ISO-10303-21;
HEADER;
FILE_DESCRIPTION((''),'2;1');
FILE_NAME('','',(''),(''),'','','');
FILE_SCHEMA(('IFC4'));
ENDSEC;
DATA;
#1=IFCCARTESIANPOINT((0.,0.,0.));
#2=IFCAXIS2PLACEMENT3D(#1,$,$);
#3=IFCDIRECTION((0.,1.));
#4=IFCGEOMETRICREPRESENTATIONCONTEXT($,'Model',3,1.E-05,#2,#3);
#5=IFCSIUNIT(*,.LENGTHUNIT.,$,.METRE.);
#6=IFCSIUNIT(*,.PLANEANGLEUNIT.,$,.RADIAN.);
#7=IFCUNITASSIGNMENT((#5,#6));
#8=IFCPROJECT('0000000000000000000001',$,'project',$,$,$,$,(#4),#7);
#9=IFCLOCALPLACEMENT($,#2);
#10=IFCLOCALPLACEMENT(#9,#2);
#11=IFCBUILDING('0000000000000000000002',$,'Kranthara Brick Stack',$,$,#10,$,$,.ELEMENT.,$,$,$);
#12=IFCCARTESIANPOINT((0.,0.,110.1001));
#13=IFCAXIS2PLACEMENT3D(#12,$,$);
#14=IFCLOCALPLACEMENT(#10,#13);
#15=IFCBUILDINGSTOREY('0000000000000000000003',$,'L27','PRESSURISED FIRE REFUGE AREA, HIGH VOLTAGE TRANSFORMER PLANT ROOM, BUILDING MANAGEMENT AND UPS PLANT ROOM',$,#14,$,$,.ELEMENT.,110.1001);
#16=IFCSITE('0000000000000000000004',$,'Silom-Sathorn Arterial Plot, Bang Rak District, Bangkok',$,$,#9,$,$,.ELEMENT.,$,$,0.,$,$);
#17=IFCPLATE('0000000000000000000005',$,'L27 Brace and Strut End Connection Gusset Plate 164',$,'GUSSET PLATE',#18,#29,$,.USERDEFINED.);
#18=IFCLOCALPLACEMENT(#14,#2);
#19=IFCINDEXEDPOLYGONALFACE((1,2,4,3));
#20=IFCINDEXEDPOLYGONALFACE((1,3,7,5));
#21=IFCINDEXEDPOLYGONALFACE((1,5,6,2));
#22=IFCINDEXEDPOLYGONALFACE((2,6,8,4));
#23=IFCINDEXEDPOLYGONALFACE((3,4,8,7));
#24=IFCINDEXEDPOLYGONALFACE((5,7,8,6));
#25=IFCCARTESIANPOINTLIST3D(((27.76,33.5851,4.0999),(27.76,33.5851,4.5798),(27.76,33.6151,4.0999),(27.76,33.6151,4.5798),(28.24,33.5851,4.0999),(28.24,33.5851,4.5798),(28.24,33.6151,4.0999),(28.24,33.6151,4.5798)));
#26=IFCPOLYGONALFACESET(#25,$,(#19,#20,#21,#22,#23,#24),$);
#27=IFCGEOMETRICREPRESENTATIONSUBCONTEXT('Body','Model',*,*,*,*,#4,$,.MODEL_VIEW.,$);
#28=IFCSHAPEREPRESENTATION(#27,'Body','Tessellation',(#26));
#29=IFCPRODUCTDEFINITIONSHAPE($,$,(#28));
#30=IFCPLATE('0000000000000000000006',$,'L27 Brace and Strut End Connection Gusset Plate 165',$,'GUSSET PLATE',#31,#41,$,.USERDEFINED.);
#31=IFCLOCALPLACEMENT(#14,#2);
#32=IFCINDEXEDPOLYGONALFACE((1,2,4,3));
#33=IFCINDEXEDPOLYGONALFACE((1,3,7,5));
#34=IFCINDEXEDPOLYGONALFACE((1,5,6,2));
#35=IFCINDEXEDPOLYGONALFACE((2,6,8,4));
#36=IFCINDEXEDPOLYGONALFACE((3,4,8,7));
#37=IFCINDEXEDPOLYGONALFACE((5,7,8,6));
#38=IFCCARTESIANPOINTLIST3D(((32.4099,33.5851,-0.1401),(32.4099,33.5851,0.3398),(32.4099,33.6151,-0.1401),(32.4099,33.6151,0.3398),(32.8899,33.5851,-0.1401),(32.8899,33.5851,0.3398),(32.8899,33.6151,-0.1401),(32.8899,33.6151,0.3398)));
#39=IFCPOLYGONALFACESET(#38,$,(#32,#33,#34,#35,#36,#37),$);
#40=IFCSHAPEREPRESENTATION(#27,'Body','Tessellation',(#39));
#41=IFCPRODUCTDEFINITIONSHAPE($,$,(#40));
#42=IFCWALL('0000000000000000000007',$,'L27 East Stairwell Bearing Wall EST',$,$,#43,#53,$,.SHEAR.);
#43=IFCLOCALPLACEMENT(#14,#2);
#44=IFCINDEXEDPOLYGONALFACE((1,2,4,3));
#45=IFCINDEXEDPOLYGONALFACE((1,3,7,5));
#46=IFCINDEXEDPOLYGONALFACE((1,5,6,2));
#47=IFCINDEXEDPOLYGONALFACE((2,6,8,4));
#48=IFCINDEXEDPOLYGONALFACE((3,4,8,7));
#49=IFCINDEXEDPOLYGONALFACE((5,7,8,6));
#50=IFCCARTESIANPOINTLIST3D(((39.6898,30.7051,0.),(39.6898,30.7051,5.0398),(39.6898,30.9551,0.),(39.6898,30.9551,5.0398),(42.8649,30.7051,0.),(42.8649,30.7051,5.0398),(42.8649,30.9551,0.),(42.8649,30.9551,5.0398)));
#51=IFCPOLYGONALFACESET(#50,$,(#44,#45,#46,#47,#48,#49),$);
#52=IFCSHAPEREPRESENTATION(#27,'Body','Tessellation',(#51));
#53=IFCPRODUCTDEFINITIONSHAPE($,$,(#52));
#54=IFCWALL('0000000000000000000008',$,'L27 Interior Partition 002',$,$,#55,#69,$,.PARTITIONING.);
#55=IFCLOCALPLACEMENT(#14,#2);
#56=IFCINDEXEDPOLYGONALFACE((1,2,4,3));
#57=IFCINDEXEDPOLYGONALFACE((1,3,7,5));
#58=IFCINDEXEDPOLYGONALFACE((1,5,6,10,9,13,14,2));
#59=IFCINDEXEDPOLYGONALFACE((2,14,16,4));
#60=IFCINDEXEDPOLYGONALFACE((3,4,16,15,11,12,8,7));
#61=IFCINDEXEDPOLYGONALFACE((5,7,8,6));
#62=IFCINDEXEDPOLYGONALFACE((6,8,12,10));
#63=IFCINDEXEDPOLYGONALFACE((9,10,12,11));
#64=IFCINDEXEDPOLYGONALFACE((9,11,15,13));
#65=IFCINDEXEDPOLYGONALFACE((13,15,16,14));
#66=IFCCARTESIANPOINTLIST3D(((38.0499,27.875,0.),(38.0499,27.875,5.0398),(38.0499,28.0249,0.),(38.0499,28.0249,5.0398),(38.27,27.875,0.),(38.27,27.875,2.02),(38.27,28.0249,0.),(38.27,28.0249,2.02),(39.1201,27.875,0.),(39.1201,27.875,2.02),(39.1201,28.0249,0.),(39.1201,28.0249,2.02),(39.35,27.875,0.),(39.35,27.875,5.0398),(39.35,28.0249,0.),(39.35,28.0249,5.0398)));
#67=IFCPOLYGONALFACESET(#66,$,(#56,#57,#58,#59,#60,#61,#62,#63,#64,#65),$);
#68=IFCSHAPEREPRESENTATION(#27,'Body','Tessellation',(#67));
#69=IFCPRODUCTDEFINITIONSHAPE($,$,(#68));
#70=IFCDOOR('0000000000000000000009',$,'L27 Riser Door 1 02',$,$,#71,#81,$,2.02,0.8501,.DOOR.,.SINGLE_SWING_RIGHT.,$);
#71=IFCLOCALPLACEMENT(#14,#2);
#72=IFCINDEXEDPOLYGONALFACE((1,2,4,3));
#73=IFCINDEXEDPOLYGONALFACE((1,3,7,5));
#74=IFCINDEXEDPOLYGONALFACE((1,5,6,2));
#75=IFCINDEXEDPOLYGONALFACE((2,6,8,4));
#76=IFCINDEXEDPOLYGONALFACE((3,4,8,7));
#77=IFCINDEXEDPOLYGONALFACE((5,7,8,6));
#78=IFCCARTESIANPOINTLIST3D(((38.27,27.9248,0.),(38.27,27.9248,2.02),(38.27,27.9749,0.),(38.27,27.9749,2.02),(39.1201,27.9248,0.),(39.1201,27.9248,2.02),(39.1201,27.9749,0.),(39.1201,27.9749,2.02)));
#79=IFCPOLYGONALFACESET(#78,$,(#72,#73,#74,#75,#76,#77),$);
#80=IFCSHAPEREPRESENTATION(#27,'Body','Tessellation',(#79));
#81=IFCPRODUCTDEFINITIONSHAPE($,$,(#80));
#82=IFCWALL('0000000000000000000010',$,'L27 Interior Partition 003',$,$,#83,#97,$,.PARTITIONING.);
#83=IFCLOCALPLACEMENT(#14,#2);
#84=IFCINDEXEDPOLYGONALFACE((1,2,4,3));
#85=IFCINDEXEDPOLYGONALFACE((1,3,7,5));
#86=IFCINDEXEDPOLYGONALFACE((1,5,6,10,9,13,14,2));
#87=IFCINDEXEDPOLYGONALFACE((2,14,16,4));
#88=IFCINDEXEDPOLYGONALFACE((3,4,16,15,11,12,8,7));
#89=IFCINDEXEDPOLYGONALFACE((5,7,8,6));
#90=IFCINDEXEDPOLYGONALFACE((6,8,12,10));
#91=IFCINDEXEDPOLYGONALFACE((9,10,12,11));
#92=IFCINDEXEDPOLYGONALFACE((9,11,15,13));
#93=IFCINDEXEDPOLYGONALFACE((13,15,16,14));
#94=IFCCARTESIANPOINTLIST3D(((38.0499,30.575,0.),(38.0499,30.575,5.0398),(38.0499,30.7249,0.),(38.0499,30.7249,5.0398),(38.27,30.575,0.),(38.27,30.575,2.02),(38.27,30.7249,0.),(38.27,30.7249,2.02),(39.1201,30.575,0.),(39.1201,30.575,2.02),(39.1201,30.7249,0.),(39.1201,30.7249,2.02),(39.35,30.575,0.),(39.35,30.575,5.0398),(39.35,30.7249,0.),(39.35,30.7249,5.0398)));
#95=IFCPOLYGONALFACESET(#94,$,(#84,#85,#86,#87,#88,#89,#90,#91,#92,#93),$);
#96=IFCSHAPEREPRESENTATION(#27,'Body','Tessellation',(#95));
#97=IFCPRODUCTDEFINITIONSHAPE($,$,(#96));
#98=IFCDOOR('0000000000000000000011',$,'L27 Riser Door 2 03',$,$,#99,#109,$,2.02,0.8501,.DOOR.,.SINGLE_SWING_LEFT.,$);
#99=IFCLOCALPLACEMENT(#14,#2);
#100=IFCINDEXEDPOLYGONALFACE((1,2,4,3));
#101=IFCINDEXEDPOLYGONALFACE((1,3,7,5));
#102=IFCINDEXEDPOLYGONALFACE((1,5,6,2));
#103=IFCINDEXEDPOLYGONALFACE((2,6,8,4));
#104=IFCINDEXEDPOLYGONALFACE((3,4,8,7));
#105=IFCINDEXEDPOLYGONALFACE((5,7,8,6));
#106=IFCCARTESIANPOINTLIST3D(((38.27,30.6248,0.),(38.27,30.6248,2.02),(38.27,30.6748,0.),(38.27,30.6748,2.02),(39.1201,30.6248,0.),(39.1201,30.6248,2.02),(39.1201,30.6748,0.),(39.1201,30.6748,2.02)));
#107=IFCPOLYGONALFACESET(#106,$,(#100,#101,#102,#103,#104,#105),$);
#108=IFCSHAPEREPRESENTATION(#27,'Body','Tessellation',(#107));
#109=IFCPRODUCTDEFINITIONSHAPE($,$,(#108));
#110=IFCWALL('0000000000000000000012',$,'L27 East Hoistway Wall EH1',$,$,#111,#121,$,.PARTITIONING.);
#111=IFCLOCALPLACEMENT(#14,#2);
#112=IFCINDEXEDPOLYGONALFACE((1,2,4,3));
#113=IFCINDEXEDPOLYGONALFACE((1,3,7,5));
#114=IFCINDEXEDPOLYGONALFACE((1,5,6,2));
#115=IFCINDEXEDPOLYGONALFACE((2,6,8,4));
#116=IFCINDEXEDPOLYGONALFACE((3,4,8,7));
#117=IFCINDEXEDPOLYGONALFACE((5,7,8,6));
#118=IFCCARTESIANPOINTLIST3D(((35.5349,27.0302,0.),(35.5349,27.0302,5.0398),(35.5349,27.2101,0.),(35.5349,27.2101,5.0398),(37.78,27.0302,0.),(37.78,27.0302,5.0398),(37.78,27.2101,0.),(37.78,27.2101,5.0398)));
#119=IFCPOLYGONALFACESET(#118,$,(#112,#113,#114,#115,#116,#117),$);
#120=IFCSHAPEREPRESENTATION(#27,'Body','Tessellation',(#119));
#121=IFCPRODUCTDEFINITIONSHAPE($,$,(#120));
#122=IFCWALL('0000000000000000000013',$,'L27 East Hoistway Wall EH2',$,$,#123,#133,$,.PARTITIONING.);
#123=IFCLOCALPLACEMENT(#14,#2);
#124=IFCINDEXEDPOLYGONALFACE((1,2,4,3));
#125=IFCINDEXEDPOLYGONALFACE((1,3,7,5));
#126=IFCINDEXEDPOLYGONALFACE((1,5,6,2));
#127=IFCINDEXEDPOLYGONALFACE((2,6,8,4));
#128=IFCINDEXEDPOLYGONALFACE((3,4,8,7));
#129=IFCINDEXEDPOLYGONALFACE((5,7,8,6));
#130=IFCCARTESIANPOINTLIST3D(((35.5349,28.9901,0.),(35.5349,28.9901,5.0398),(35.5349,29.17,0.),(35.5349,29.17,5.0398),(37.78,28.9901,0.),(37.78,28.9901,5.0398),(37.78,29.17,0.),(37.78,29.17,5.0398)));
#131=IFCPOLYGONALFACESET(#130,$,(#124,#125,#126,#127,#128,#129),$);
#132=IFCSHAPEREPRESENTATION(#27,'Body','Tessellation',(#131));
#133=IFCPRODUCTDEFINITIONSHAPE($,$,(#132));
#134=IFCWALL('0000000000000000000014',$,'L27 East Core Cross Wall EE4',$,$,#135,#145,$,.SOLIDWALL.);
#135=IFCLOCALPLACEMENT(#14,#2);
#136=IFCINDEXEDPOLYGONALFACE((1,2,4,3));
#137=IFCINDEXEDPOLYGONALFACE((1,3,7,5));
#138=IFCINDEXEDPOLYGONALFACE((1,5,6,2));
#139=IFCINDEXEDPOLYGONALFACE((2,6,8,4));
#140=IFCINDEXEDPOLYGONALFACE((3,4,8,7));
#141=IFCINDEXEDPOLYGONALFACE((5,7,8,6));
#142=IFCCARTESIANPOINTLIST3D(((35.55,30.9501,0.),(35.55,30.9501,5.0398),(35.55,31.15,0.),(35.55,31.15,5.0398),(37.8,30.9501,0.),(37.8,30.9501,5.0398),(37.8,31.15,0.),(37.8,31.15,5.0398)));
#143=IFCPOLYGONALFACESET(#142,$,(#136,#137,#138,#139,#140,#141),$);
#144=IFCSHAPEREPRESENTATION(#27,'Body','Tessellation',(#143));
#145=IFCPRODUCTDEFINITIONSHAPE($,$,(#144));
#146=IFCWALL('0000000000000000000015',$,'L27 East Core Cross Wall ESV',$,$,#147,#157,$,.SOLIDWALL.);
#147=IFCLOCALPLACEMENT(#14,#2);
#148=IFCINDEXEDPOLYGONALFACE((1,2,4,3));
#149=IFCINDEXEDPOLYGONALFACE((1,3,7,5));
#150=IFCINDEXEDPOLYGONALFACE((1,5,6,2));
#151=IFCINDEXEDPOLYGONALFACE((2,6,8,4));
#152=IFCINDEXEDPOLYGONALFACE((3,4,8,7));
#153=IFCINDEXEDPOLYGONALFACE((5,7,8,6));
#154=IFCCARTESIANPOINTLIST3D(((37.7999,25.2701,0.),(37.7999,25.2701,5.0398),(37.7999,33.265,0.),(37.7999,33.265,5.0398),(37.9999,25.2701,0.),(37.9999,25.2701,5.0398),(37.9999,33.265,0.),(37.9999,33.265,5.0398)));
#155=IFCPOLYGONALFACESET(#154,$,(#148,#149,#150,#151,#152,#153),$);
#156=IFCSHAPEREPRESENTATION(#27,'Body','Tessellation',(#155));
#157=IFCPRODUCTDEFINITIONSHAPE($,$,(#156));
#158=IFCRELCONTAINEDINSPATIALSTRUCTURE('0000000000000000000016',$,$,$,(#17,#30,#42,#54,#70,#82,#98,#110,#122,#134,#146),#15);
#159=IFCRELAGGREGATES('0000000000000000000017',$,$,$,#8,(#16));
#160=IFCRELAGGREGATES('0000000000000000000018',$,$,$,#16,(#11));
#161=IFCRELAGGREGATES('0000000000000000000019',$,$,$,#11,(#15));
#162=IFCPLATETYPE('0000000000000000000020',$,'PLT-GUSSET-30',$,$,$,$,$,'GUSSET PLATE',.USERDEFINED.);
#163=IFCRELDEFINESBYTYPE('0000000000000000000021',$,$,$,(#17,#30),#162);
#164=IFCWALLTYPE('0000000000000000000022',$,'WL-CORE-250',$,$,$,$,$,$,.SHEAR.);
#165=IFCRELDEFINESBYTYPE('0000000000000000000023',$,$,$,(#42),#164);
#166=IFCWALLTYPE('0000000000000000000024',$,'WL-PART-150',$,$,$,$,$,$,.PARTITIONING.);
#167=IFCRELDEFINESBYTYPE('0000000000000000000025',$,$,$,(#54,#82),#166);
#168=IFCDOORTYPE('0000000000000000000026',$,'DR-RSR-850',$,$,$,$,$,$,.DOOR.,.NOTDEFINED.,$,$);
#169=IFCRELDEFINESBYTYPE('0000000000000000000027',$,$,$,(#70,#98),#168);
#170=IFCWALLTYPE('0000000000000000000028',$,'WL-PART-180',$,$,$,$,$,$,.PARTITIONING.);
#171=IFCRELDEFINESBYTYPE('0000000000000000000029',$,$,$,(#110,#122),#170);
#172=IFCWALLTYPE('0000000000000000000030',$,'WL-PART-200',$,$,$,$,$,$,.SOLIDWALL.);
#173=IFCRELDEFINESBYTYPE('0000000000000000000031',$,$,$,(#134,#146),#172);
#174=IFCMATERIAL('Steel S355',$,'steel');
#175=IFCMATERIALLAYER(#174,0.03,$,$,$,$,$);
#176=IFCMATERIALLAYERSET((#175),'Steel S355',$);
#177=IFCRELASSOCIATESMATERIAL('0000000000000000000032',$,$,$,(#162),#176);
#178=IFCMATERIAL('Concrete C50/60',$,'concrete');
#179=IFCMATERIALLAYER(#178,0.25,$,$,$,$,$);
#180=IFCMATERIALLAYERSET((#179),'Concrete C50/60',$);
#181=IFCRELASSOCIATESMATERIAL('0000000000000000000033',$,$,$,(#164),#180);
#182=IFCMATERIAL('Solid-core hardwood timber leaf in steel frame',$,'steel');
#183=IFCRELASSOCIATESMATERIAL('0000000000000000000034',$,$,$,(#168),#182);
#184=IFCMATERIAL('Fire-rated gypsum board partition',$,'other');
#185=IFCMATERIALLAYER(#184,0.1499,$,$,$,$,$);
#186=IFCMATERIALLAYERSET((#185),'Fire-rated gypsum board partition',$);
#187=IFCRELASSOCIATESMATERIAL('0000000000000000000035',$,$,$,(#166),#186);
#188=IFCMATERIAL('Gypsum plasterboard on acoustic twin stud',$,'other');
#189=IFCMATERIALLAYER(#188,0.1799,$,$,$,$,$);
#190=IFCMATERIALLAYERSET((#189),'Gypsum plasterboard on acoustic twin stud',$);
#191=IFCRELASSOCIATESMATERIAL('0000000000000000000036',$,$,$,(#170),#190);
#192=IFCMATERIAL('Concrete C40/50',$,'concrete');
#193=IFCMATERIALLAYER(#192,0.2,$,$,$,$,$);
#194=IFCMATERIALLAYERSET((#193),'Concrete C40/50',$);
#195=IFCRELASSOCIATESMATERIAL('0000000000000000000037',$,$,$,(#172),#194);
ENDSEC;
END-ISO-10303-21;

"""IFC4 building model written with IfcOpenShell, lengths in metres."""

from ifc_helpers import new_model, si_unit, direction, frame, frame_2d, origin, origin_2d, place, context, subcontext, project, spatial, rectangle, extrude, material, layer, layer_set, type_object, element, fill, save


model = new_model("IFC4")

# Units and contexts
model_context = context("Model", 3, precision=1e-05, world=origin(), true_north=direction((0.0, 1.0)))
body_context = subcontext(model_context, "Body", "Model", "MODEL_VIEW")
ifc_project = project(units=[si_unit("LENGTHUNIT", "METRE"), si_unit("PLANEANGLEUNIT", "RADIAN")], contexts=[model_context])

# Site, building, storey
site_placement = place(None, origin())
site = spatial("IfcSite", under=ifc_project, at=site_placement, Name="Silom-Sathorn Arterial Plot, Bang Rak District, Bangkok", CompositionType="ELEMENT", RefElevation=0.0)
building_placement = place(site_placement, origin())
building = spatial("IfcBuilding", under=site, at=building_placement, Name="Kranthara Brick Stack", CompositionType="ELEMENT")
storey_placement = place(building_placement, frame((0.0, 0.0, 110.1001)))
storey = spatial("IfcBuildingStorey", under=building, at=storey_placement, Name="L27", Description="PRESSURISED FIRE REFUGE AREA, HIGH VOLTAGE TRANSFORMER PLANT ROOM, BUILDING MANAGEMENT AND UPS PLANT ROOM", CompositionType="ELEMENT", Elevation=110.1001)

# Plates
ifc_material_1 = material(Name="Steel S355", Category="steel")
ifc_layer_1 = layer(ifc_material_1, 0.03)
ifc_layer_set_1 = layer_set([ifc_layer_1], Name="Steel S355")
plate_type = type_object("IfcPlateType", Name="PLT-GUSSET-30", ElementType="GUSSET PLATE", PredefinedType="USERDEFINED", material=ifc_layer_set_1)
for number, where, z_axis, x_axis, name in (
    (1, (28.0, 33.6001, 4.0999), (0.0, 0.0, 1.0), (1.0, 0.0, 0.0), "L27 Brace and Strut End Connection Gusset Plate 164"),
    (2, (32.6499, 33.6001, -0.1401), (0.0, 0.0, 1.0), (1.0, 0.0, 0.0), "L27 Brace and Strut End Connection Gusset Plate 165"),
):
    element("IfcPlate", number, at=place(storey_placement, frame(where, z_axis=z_axis, x_axis=x_axis)), inside=storey, type_object=plate_type, Name=name, ObjectType="GUSSET PLATE", PredefinedType="USERDEFINED", context=body_context, shape_type="SweptSolid", body=[
        extrude(rectangle(XDim=0.48, YDim=0.03, at=origin_2d()), origin(), (0.0, 0.0, 1.0), 0.48),
    ])

# Wall
ifc_material_2 = material(Name="Concrete C50/60", Category="concrete")
ifc_layer_2 = layer(ifc_material_2, 0.25)
ifc_layer_set_2 = layer_set([ifc_layer_2], Name="Concrete C50/60")
wall_type_1 = type_object("IfcWallType", Name="WL-CORE-250", PredefinedType="SHEAR", material=ifc_layer_set_2)
wall_1_placement = place(storey_placement, frame((39.6899, 30.8301, 0.0), z_axis=(0.0, 0.0, 1.0), x_axis=(1.0, 0.0, 0.0)))
element("IfcWall", 3, at=wall_1_placement, inside=storey, type_object=wall_type_1, Name="L27 East Stairwell Bearing Wall EST", PredefinedType="SHEAR", context=body_context, shape_type="SweptSolid", body=[
    extrude(rectangle(XDim=3.175, YDim=0.25, at=frame_2d((1.5874, 0.0))), origin(), (0.0, 0.0, 1.0), 5.0398),
])

# Shared definitions
ifc_material_3 = material(Name="Solid-core hardwood timber leaf in steel frame", Category="steel")
door_type_1 = type_object("IfcDoorType", Name="DR-RSR-850", OperationType="NOTDEFINED", PredefinedType="DOOR", material=ifc_material_3)

# Walls, openings, doors
ifc_material_4 = material(Name="Fire-rated gypsum board partition", Category="other")
ifc_layer_3 = layer(ifc_material_4, 0.1499)
ifc_layer_set_3 = layer_set([ifc_layer_3], Name="Fire-rated gypsum board partition")
wall_type_2 = type_object("IfcWallType", Name="WL-PART-150", PredefinedType="PARTITIONING", material=ifc_layer_set_3)
wall_2_placement = place(storey_placement, frame((38.05, 27.95, 0.0), z_axis=(0.0, 0.0, 1.0), x_axis=(1.0, 0.0, 0.0)))
wall_2 = element("IfcWall", 4, at=wall_2_placement, inside=storey, type_object=wall_type_2, Name="L27 Interior Partition 002", PredefinedType="PARTITIONING", context=body_context, shape_type="SweptSolid", body=[
    extrude(rectangle(XDim=1.3, YDim=0.1499, at=frame_2d((0.6499, 0.0))), origin(), (0.0, 0.0, 1.0), 5.0398),
])
opening_1_placement = place(wall_2_placement, frame((0.22, 0.0, 0.0)))
opening_1 = element("IfcOpeningElement", 5, at=opening_1_placement, cuts=wall_2, PredefinedType="OPENING", context=body_context, shape_type="SweptSolid", body=[
    extrude(rectangle(XDim=0.8501, YDim=2.02, at=frame_2d((0.425, 1.01))), frame((0.0, 0.085, 0.0), z_axis=(0.0, -1.0, 0.0), x_axis=(1.0, 0.0, 0.0)), (0.0, 0.0, 1.0), 0.1699),
])
door_1_placement = place(opening_1_placement, origin())
door_1 = element("IfcDoor", 6, at=door_1_placement, inside=storey, type_object=door_type_1, Name="L27 Riser Door 1 02", OperationType="SINGLE_SWING_RIGHT", OverallHeight=2.02, OverallWidth=0.8501, PredefinedType="DOOR", context=body_context, shape_type="SweptSolid", body=[
    extrude(rectangle(XDim=0.8501, YDim=2.02, at=frame_2d((0.425, 1.01))), frame((0.0, 0.0249, 0.0), z_axis=(0.0, -1.0, 0.0), x_axis=(1.0, 0.0, 0.0)), (0.0, 0.0, 1.0), 0.05),
])
fill(opening_1, door_1)
wall_3_placement = place(storey_placement, frame((38.05, 30.6499, 0.0), z_axis=(0.0, 0.0, 1.0), x_axis=(1.0, 0.0, 0.0)))
wall_3 = element("IfcWall", 7, at=wall_3_placement, inside=storey, type_object=wall_type_2, Name="L27 Interior Partition 003", PredefinedType="PARTITIONING", context=body_context, shape_type="SweptSolid", body=[
    extrude(rectangle(XDim=1.3, YDim=0.1499, at=frame_2d((0.6499, 0.0))), origin(), (0.0, 0.0, 1.0), 5.0398),
])
opening_2_placement = place(wall_3_placement, frame((0.22, 0.0, 0.0)))
opening_2 = element("IfcOpeningElement", 8, at=opening_2_placement, cuts=wall_3, PredefinedType="OPENING", context=body_context, shape_type="SweptSolid", body=[
    extrude(rectangle(XDim=0.8501, YDim=2.02, at=frame_2d((0.425, 1.01))), frame((0.0, 0.085, 0.0), z_axis=(0.0, -1.0, 0.0), x_axis=(1.0, 0.0, 0.0)), (0.0, 0.0, 1.0), 0.1699),
])
door_2_placement = place(opening_2_placement, origin())
door_2 = element("IfcDoor", 9, at=door_2_placement, inside=storey, type_object=door_type_1, Name="L27 Riser Door 2 03", OperationType="SINGLE_SWING_LEFT", OverallHeight=2.02, OverallWidth=0.8501, PredefinedType="DOOR", context=body_context, shape_type="SweptSolid", body=[
    extrude(rectangle(XDim=0.8501, YDim=2.02, at=frame_2d((0.425, 1.01))), frame((0.0, 0.0249, 0.0), z_axis=(0.0, -1.0, 0.0), x_axis=(1.0, 0.0, 0.0)), (0.0, 0.0, 1.0), 0.05),
])
fill(opening_2, door_2)

# Walls
ifc_material_5 = material(Name="Gypsum plasterboard on acoustic twin stud", Category="other")
ifc_layer_4 = layer(ifc_material_5, 0.1799)
ifc_layer_set_4 = layer_set([ifc_layer_4], Name="Gypsum plasterboard on acoustic twin stud")
wall_type_3 = type_object("IfcWallType", Name="WL-PART-180", PredefinedType="PARTITIONING", material=ifc_layer_set_4)
for number, where, z_axis, x_axis, name in (
    (10, (35.5349, 27.1201, 0.0), (0.0, 0.0, 1.0), (1.0, 0.0, 0.0), "L27 East Hoistway Wall EH1"),
    (11, (35.5349, 29.0801, 0.0), (0.0, 0.0, 1.0), (1.0, 0.0, 0.0), "L27 East Hoistway Wall EH2"),
):
    element("IfcWall", number, at=place(storey_placement, frame(where, z_axis=z_axis, x_axis=x_axis)), inside=storey, type_object=wall_type_3, Name=name, PredefinedType="PARTITIONING", context=body_context, shape_type="SweptSolid", body=[
        extrude(rectangle(XDim=2.2451, YDim=0.1799, at=frame_2d((1.1226, 0.0))), origin(), (0.0, 0.0, 1.0), 5.0398),
    ])
ifc_material_6 = material(Name="Concrete C40/50", Category="concrete")
ifc_layer_5 = layer(ifc_material_6, 0.2)
ifc_layer_set_5 = layer_set([ifc_layer_5], Name="Concrete C40/50")
wall_type_4 = type_object("IfcWallType", Name="WL-PART-200", PredefinedType="SOLIDWALL", material=ifc_layer_set_5)
wall_4_placement = place(storey_placement, frame((35.55, 31.05, 0.0), z_axis=(0.0, 0.0, 1.0), x_axis=(1.0, 0.0, 0.0)))
element("IfcWall", 12, at=wall_4_placement, inside=storey, type_object=wall_type_4, Name="L27 East Core Cross Wall EE4", PredefinedType="SOLIDWALL", context=body_context, shape_type="SweptSolid", body=[
    extrude(rectangle(XDim=2.25, YDim=0.2, at=frame_2d((1.125, 0.0))), origin(), (0.0, 0.0, 1.0), 5.0398),
])
wall_5_placement = place(storey_placement, frame((37.8999, 25.27, 0.0), z_axis=(0.0, 0.0, 1.0), x_axis=(0.0, 1.0, 0.0)))
element("IfcWall", 13, at=wall_5_placement, inside=storey, type_object=wall_type_4, Name="L27 East Core Cross Wall ESV", PredefinedType="SOLIDWALL", context=body_context, shape_type="SweptSolid", body=[
    extrude(rectangle(XDim=7.9949, YDim=0.2, at=frame_2d((3.9976, 0.0))), origin(), (0.0, 0.0, 1.0), 5.0398),
])

save(model, "model.ifc")
